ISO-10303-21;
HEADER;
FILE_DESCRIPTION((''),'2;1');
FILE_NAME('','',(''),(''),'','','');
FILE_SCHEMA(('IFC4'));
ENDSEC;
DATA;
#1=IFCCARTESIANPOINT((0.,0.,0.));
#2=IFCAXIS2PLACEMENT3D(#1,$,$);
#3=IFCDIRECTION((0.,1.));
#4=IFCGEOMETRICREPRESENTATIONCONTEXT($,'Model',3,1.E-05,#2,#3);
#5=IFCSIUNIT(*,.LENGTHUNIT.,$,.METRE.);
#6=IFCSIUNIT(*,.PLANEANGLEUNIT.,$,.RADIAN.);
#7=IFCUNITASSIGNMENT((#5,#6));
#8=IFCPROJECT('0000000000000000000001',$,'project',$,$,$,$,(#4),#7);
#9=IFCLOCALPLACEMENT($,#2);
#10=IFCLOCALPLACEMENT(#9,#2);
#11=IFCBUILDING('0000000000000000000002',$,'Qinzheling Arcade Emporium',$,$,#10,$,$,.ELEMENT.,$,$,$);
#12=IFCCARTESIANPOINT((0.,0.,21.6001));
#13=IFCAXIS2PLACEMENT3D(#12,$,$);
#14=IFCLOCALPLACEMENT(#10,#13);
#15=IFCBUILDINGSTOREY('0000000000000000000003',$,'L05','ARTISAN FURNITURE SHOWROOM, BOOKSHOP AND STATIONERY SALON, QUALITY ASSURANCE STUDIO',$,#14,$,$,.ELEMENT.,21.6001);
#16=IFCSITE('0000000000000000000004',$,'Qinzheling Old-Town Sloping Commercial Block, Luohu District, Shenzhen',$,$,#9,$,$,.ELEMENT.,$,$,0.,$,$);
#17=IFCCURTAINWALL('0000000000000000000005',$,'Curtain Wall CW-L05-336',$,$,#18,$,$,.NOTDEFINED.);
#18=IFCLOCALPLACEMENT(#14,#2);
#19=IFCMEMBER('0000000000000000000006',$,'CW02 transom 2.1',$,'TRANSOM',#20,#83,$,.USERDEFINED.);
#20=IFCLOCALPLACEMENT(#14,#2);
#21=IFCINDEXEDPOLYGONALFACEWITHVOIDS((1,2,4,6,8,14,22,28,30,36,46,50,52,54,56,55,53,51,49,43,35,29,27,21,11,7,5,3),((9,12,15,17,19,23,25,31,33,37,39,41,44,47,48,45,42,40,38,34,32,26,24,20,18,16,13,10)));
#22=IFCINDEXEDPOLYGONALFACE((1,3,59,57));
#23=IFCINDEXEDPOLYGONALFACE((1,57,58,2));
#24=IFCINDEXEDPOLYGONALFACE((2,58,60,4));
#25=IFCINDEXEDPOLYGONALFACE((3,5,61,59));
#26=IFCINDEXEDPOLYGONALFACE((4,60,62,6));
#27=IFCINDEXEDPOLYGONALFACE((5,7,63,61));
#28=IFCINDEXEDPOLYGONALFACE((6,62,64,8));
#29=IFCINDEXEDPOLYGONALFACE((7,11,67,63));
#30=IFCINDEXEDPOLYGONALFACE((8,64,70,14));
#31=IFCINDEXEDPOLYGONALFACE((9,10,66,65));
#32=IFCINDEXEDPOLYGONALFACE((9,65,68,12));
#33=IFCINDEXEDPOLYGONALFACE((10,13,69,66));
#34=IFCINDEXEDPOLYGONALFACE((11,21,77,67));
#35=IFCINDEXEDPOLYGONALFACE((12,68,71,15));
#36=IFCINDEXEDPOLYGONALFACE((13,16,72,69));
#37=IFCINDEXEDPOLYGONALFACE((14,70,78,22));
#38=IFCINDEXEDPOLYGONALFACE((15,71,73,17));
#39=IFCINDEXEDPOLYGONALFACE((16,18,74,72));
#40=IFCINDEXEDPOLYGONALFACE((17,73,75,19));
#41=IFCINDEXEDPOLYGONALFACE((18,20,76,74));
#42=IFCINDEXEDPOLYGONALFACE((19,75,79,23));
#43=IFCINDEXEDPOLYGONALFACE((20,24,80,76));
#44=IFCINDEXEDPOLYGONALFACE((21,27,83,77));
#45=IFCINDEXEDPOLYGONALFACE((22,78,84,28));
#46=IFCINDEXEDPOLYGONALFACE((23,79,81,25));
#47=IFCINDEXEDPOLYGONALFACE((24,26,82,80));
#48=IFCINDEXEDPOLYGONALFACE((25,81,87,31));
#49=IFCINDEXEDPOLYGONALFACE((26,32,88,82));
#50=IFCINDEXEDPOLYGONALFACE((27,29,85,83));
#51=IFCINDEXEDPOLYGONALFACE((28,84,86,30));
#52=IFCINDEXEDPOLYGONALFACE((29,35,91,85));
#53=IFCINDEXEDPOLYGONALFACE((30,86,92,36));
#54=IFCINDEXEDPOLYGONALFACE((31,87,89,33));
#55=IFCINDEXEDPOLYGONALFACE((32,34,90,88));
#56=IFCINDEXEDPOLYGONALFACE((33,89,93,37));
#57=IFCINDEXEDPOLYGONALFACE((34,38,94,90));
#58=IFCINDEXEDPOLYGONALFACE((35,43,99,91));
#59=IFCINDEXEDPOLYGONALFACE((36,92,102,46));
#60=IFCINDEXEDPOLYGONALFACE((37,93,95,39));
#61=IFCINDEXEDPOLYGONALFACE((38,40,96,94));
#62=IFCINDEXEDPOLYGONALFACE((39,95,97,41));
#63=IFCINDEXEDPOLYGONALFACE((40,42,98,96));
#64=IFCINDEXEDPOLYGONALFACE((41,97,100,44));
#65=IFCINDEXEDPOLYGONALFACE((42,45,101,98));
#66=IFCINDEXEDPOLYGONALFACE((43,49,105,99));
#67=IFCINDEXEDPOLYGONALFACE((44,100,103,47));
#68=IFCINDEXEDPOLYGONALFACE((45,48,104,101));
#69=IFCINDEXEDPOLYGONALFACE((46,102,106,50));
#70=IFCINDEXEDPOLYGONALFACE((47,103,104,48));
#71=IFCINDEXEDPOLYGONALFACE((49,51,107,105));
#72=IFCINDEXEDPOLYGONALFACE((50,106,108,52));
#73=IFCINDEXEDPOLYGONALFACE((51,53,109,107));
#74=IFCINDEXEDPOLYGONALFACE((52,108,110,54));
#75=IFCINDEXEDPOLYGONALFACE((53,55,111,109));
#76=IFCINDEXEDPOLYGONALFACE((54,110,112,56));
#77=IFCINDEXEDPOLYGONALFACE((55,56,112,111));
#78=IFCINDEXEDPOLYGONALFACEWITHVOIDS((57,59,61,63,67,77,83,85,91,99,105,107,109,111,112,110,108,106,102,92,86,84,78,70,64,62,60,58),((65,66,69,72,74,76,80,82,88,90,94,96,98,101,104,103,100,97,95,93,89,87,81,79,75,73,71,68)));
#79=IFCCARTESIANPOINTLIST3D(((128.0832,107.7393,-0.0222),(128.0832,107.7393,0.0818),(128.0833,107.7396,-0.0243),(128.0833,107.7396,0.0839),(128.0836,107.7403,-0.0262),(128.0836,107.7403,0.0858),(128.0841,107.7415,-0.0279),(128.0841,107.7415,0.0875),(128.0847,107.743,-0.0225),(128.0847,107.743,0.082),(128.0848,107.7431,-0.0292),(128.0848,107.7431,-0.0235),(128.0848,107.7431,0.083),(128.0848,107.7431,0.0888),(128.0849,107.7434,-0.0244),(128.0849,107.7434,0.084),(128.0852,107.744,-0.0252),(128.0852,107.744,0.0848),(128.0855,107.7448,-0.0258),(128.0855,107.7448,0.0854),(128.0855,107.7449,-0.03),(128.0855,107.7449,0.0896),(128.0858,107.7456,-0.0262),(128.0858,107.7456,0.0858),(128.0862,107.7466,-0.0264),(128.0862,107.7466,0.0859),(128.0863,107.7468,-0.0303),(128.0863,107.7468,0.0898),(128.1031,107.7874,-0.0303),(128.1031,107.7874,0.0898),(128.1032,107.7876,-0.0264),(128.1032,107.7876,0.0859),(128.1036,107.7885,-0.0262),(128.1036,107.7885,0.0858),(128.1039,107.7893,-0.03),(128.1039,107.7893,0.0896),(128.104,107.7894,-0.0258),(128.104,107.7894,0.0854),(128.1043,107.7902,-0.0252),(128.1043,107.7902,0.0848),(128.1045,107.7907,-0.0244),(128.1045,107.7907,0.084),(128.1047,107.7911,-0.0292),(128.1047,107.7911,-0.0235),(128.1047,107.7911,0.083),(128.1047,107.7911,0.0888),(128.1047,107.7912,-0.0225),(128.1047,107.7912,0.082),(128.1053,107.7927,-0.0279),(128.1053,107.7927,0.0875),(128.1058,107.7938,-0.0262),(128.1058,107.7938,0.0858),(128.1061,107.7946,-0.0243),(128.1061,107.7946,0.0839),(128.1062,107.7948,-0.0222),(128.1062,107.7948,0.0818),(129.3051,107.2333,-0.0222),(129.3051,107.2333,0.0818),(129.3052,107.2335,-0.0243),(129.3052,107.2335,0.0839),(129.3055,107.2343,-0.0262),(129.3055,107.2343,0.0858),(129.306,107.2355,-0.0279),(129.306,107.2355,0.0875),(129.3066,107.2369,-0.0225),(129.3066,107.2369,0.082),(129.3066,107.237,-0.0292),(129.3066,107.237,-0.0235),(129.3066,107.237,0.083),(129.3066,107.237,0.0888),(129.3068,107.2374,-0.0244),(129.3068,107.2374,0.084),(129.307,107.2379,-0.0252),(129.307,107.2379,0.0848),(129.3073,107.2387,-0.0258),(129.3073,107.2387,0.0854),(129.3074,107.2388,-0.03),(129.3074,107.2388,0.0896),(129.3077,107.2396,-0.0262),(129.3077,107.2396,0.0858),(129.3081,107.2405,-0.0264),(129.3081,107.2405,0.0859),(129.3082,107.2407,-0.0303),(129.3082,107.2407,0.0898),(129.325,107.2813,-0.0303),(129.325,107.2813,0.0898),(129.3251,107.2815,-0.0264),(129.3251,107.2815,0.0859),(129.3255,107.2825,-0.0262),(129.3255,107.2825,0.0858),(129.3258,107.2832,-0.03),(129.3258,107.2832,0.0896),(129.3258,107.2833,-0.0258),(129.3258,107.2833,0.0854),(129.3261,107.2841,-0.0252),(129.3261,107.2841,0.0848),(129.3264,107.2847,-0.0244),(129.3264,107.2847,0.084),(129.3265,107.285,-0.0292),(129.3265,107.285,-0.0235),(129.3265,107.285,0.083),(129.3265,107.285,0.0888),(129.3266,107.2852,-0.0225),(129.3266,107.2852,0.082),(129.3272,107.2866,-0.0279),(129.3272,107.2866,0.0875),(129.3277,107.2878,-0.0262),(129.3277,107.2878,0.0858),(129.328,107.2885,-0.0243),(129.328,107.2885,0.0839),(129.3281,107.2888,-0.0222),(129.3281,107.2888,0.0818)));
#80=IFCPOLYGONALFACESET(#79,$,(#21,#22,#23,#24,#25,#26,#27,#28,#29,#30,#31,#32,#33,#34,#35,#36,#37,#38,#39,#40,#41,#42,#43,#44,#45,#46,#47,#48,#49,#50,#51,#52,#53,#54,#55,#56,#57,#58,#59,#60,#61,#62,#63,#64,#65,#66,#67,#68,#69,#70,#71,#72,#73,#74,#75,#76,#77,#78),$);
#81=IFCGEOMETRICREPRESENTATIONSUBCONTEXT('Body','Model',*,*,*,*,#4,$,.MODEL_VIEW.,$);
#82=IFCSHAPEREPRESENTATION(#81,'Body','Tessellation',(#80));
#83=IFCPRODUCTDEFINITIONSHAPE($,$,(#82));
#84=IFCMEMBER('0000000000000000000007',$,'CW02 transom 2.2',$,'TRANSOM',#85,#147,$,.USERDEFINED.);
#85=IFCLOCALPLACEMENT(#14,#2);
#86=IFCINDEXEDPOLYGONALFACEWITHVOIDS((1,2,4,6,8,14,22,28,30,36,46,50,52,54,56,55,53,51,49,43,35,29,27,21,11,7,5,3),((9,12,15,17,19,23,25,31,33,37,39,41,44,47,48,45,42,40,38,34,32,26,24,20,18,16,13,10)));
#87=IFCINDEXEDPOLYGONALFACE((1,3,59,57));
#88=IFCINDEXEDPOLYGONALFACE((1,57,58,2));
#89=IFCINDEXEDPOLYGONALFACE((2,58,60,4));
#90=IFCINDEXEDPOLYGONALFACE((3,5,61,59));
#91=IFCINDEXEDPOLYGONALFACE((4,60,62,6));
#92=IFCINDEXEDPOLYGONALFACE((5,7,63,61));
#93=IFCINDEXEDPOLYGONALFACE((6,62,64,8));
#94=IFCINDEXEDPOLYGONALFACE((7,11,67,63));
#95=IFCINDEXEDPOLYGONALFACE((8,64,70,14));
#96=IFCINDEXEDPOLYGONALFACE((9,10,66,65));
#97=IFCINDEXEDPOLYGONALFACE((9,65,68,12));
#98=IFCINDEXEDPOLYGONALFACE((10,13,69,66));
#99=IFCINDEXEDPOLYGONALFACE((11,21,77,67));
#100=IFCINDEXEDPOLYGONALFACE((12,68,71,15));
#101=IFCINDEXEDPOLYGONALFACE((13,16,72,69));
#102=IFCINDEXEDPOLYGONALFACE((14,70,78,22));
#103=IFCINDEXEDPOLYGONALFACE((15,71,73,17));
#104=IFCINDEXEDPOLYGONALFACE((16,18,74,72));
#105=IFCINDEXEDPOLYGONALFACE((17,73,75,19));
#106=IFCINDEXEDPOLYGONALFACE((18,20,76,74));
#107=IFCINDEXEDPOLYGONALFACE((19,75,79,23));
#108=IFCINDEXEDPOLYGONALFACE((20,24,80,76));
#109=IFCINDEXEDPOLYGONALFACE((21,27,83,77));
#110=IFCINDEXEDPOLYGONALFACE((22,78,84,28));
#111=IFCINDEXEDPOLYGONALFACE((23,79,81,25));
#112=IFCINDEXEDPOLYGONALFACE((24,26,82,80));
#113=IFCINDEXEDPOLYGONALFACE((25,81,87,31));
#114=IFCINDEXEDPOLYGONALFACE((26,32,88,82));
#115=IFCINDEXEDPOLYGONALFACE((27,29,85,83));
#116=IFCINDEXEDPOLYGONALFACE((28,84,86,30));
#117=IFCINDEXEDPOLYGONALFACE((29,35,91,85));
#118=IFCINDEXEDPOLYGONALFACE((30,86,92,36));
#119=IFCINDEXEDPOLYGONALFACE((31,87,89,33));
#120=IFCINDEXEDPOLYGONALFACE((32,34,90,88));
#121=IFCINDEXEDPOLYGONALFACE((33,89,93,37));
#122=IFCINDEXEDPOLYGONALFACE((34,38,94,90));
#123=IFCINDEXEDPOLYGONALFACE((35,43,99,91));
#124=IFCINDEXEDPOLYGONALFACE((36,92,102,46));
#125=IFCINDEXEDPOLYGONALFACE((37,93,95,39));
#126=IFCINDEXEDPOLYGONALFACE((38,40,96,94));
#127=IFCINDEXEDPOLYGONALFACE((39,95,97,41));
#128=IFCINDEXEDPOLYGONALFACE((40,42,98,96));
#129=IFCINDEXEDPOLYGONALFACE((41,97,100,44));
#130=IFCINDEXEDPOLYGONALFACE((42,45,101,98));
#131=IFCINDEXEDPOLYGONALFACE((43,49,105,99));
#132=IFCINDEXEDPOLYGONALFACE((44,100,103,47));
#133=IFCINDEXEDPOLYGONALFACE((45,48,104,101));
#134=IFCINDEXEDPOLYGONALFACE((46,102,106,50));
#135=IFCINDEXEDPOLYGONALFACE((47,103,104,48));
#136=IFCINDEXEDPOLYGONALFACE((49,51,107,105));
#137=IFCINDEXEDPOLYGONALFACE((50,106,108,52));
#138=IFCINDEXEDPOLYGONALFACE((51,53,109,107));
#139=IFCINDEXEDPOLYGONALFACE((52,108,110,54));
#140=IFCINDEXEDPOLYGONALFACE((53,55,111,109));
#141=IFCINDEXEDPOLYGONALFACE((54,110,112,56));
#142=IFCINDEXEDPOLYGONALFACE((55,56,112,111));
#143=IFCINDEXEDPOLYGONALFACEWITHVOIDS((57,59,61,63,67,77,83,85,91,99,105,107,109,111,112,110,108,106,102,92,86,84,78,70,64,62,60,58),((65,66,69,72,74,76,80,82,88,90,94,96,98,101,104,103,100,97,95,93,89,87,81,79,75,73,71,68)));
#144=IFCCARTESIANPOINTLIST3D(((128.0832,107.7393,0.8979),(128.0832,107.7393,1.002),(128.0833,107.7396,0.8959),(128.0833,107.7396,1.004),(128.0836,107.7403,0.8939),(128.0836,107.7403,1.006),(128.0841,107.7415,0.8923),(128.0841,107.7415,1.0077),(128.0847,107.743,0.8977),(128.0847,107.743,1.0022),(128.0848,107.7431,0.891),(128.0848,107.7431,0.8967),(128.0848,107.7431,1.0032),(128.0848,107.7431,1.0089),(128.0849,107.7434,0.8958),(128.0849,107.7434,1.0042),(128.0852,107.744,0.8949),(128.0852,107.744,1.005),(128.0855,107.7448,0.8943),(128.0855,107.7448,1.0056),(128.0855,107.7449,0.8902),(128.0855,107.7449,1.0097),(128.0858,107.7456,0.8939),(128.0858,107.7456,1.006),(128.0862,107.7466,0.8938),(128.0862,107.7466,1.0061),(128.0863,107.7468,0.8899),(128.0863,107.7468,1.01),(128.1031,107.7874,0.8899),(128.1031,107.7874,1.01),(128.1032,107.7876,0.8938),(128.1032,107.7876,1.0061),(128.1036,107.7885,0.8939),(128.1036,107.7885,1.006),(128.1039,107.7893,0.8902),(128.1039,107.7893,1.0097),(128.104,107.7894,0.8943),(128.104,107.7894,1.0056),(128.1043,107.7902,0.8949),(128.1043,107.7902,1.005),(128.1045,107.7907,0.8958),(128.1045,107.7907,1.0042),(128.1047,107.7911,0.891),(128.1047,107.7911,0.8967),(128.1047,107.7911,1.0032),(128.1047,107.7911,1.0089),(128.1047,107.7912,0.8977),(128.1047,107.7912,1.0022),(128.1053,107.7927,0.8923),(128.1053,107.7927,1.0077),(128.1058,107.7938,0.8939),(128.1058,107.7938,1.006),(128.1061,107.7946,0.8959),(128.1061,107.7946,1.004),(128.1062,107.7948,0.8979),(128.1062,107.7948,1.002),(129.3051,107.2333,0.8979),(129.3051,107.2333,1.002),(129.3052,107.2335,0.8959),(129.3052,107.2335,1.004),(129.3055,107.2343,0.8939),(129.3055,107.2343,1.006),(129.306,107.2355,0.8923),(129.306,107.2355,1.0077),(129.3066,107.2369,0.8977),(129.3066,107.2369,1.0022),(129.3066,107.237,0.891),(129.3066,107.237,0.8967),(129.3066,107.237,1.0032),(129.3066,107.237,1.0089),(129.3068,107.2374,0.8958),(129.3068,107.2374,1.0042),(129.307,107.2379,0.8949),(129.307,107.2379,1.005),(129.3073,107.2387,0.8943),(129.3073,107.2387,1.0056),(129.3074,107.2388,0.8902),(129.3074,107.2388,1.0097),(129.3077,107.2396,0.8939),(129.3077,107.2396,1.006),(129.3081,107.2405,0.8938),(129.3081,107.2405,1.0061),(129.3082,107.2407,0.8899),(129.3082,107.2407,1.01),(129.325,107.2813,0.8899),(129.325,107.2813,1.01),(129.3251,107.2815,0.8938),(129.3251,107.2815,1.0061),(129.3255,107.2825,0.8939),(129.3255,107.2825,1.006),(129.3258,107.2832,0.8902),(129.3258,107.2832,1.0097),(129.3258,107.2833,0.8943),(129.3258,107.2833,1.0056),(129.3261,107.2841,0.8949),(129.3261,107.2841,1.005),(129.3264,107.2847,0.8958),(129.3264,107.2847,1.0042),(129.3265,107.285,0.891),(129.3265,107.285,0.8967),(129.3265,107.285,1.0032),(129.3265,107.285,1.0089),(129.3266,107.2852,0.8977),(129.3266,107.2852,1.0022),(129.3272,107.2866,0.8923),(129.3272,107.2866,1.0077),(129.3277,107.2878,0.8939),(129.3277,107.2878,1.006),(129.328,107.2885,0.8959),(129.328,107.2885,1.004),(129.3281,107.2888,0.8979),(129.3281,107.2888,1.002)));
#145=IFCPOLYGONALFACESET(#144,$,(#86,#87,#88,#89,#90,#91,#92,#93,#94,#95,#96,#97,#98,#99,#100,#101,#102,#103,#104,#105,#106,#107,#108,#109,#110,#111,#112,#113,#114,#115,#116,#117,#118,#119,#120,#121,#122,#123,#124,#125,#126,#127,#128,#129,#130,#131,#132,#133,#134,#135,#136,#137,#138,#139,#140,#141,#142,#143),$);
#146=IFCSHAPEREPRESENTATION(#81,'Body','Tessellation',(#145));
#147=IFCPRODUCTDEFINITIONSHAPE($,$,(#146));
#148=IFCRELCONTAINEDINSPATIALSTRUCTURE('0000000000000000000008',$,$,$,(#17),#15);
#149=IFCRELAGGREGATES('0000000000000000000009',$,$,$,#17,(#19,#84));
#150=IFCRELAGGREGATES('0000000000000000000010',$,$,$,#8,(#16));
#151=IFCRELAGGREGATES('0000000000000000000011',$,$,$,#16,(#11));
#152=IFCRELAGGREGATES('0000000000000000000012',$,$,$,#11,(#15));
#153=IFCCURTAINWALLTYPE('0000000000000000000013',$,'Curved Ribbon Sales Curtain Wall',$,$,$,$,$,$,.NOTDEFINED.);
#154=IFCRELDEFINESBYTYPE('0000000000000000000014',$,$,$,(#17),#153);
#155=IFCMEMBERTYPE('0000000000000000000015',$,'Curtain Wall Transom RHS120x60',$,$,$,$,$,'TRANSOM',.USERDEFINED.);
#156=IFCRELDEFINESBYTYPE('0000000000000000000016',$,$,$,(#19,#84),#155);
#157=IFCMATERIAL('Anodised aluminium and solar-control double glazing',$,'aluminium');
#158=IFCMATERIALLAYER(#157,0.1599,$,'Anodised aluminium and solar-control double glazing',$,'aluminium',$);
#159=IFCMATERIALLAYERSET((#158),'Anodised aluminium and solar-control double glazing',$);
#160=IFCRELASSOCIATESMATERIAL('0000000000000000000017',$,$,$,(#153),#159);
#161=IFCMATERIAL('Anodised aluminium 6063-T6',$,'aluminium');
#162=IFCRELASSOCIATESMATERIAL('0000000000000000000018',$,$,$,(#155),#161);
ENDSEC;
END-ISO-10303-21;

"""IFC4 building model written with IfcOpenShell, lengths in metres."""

from ifc_helpers import new_model, si_unit, direction, frame, origin, origin_2d, place, context, subcontext, project, spatial, hollow_rectangle, extrude, material, layer, layer_set, material_profile, profile_set, type_object, element, aggregate, save


model = new_model("IFC4")

# Units and contexts
model_context = context("Model", 3, precision=1e-05, world=origin(), true_north=direction((0.0, 1.0)))
body_context = subcontext(model_context, "Body", "Model", "MODEL_VIEW")
ifc_project = project(units=[si_unit("LENGTHUNIT", "METRE"), si_unit("PLANEANGLEUNIT", "RADIAN")], contexts=[model_context])

# Site, building, storey
site_placement = place(None, origin())
site = spatial("IfcSite", under=ifc_project, at=site_placement, Name="Qinzheling Old-Town Sloping Commercial Block, Luohu District, Shenzhen", CompositionType="ELEMENT", RefElevation=0.0)
building_placement = place(site_placement, origin())
building = spatial("IfcBuilding", under=site, at=building_placement, Name="Qinzheling Arcade Emporium", CompositionType="ELEMENT")
storey_placement = place(building_placement, frame((0.0, 0.0, 21.6001)))
storey = spatial("IfcBuildingStorey", under=building, at=storey_placement, Name="L05", Description="ARTISAN FURNITURE SHOWROOM, BOOKSHOP AND STATIONERY SALON, QUALITY ASSURANCE STUDIO", CompositionType="ELEMENT", Elevation=21.6001)

# Shared definitions
ifc_material_1 = material(Name="Anodised aluminium and solar-control double glazing", Category="aluminium")
ifc_layer_1 = layer(ifc_material_1, 0.1599, Name="Anodised aluminium and solar-control double glazing", Category="aluminium")
ifc_layer_set_1 = layer_set([ifc_layer_1], Name="Anodised aluminium and solar-control double glazing")
curtain_wall_type = type_object("IfcCurtainWallType", Name="Curved Ribbon Sales Curtain Wall", PredefinedType="NOTDEFINED", material=ifc_layer_set_1)
ifc_material_2 = material(Name="Anodised aluminium 6063-T6", Category="aluminium")

# Curtain wall
curtain_wall_1_placement = place(storey_placement, origin())
curtain_wall_1 = element("IfcCurtainWall", 1, at=curtain_wall_1_placement, inside=storey, type_object=curtain_wall_type, Name="Curtain Wall CW-L05-336", PredefinedType="NOTDEFINED")

# Members
ifc_material_profile_1 = material_profile(ifc_material_2, hollow_rectangle(XDim=0.0601, YDim=0.1201, WallThickness=0.0039, InnerFilletRadius=0.0039, OuterFilletRadius=0.0081, at=origin_2d()), Name="RHS 120x60x4", Category="aluminium")
ifc_profile_set_1 = profile_set([ifc_material_profile_1], Name="Anodised aluminium 6063-T6")
member_type_1 = type_object("IfcMemberType", Name="Curtain Wall Transom RHS120x60", ElementType="TRANSOM", PredefinedType="USERDEFINED", material=ifc_profile_set_1)
member_1_placement = place(storey_placement, frame((128.0947, 107.7671, 0.0298), z_axis=(0.923889, -0.382662, 0.0), x_axis=(0.382662, 0.923889, 0.0)))
member_1 = element("IfcMember", 2, at=member_1_placement, type_object=member_type_1, Name="CW02 transom 2.1", ObjectType="TRANSOM", PredefinedType="USERDEFINED", context=body_context, shape_type="SweptSolid", body=[
    extrude(hollow_rectangle(XDim=0.0601, YDim=0.1201, WallThickness=0.0039, InnerFilletRadius=0.0039, OuterFilletRadius=0.0081, at=origin_2d()), origin(), (0.0, 0.0, 1.0), 1.3225),
])
member_2_placement = place(storey_placement, frame((128.0947, 107.7671, 0.95), z_axis=(0.923889, -0.382662, 0.0), x_axis=(0.382662, 0.923889, 0.0)))
member_2 = element("IfcMember", 3, at=member_2_placement, type_object=member_type_1, Name="CW02 transom 2.2", ObjectType="TRANSOM", PredefinedType="USERDEFINED", context=body_context, shape_type="SweptSolid", body=[
    extrude(hollow_rectangle(XDim=0.0601, YDim=0.1201, WallThickness=0.0039, InnerFilletRadius=0.0039, OuterFilletRadius=0.0081, at=origin_2d()), origin(), (0.0, 0.0, 1.0), 1.3225),
])

aggregate(curtain_wall_1, [member_1, member_2])

save(model, "model.ifc")
